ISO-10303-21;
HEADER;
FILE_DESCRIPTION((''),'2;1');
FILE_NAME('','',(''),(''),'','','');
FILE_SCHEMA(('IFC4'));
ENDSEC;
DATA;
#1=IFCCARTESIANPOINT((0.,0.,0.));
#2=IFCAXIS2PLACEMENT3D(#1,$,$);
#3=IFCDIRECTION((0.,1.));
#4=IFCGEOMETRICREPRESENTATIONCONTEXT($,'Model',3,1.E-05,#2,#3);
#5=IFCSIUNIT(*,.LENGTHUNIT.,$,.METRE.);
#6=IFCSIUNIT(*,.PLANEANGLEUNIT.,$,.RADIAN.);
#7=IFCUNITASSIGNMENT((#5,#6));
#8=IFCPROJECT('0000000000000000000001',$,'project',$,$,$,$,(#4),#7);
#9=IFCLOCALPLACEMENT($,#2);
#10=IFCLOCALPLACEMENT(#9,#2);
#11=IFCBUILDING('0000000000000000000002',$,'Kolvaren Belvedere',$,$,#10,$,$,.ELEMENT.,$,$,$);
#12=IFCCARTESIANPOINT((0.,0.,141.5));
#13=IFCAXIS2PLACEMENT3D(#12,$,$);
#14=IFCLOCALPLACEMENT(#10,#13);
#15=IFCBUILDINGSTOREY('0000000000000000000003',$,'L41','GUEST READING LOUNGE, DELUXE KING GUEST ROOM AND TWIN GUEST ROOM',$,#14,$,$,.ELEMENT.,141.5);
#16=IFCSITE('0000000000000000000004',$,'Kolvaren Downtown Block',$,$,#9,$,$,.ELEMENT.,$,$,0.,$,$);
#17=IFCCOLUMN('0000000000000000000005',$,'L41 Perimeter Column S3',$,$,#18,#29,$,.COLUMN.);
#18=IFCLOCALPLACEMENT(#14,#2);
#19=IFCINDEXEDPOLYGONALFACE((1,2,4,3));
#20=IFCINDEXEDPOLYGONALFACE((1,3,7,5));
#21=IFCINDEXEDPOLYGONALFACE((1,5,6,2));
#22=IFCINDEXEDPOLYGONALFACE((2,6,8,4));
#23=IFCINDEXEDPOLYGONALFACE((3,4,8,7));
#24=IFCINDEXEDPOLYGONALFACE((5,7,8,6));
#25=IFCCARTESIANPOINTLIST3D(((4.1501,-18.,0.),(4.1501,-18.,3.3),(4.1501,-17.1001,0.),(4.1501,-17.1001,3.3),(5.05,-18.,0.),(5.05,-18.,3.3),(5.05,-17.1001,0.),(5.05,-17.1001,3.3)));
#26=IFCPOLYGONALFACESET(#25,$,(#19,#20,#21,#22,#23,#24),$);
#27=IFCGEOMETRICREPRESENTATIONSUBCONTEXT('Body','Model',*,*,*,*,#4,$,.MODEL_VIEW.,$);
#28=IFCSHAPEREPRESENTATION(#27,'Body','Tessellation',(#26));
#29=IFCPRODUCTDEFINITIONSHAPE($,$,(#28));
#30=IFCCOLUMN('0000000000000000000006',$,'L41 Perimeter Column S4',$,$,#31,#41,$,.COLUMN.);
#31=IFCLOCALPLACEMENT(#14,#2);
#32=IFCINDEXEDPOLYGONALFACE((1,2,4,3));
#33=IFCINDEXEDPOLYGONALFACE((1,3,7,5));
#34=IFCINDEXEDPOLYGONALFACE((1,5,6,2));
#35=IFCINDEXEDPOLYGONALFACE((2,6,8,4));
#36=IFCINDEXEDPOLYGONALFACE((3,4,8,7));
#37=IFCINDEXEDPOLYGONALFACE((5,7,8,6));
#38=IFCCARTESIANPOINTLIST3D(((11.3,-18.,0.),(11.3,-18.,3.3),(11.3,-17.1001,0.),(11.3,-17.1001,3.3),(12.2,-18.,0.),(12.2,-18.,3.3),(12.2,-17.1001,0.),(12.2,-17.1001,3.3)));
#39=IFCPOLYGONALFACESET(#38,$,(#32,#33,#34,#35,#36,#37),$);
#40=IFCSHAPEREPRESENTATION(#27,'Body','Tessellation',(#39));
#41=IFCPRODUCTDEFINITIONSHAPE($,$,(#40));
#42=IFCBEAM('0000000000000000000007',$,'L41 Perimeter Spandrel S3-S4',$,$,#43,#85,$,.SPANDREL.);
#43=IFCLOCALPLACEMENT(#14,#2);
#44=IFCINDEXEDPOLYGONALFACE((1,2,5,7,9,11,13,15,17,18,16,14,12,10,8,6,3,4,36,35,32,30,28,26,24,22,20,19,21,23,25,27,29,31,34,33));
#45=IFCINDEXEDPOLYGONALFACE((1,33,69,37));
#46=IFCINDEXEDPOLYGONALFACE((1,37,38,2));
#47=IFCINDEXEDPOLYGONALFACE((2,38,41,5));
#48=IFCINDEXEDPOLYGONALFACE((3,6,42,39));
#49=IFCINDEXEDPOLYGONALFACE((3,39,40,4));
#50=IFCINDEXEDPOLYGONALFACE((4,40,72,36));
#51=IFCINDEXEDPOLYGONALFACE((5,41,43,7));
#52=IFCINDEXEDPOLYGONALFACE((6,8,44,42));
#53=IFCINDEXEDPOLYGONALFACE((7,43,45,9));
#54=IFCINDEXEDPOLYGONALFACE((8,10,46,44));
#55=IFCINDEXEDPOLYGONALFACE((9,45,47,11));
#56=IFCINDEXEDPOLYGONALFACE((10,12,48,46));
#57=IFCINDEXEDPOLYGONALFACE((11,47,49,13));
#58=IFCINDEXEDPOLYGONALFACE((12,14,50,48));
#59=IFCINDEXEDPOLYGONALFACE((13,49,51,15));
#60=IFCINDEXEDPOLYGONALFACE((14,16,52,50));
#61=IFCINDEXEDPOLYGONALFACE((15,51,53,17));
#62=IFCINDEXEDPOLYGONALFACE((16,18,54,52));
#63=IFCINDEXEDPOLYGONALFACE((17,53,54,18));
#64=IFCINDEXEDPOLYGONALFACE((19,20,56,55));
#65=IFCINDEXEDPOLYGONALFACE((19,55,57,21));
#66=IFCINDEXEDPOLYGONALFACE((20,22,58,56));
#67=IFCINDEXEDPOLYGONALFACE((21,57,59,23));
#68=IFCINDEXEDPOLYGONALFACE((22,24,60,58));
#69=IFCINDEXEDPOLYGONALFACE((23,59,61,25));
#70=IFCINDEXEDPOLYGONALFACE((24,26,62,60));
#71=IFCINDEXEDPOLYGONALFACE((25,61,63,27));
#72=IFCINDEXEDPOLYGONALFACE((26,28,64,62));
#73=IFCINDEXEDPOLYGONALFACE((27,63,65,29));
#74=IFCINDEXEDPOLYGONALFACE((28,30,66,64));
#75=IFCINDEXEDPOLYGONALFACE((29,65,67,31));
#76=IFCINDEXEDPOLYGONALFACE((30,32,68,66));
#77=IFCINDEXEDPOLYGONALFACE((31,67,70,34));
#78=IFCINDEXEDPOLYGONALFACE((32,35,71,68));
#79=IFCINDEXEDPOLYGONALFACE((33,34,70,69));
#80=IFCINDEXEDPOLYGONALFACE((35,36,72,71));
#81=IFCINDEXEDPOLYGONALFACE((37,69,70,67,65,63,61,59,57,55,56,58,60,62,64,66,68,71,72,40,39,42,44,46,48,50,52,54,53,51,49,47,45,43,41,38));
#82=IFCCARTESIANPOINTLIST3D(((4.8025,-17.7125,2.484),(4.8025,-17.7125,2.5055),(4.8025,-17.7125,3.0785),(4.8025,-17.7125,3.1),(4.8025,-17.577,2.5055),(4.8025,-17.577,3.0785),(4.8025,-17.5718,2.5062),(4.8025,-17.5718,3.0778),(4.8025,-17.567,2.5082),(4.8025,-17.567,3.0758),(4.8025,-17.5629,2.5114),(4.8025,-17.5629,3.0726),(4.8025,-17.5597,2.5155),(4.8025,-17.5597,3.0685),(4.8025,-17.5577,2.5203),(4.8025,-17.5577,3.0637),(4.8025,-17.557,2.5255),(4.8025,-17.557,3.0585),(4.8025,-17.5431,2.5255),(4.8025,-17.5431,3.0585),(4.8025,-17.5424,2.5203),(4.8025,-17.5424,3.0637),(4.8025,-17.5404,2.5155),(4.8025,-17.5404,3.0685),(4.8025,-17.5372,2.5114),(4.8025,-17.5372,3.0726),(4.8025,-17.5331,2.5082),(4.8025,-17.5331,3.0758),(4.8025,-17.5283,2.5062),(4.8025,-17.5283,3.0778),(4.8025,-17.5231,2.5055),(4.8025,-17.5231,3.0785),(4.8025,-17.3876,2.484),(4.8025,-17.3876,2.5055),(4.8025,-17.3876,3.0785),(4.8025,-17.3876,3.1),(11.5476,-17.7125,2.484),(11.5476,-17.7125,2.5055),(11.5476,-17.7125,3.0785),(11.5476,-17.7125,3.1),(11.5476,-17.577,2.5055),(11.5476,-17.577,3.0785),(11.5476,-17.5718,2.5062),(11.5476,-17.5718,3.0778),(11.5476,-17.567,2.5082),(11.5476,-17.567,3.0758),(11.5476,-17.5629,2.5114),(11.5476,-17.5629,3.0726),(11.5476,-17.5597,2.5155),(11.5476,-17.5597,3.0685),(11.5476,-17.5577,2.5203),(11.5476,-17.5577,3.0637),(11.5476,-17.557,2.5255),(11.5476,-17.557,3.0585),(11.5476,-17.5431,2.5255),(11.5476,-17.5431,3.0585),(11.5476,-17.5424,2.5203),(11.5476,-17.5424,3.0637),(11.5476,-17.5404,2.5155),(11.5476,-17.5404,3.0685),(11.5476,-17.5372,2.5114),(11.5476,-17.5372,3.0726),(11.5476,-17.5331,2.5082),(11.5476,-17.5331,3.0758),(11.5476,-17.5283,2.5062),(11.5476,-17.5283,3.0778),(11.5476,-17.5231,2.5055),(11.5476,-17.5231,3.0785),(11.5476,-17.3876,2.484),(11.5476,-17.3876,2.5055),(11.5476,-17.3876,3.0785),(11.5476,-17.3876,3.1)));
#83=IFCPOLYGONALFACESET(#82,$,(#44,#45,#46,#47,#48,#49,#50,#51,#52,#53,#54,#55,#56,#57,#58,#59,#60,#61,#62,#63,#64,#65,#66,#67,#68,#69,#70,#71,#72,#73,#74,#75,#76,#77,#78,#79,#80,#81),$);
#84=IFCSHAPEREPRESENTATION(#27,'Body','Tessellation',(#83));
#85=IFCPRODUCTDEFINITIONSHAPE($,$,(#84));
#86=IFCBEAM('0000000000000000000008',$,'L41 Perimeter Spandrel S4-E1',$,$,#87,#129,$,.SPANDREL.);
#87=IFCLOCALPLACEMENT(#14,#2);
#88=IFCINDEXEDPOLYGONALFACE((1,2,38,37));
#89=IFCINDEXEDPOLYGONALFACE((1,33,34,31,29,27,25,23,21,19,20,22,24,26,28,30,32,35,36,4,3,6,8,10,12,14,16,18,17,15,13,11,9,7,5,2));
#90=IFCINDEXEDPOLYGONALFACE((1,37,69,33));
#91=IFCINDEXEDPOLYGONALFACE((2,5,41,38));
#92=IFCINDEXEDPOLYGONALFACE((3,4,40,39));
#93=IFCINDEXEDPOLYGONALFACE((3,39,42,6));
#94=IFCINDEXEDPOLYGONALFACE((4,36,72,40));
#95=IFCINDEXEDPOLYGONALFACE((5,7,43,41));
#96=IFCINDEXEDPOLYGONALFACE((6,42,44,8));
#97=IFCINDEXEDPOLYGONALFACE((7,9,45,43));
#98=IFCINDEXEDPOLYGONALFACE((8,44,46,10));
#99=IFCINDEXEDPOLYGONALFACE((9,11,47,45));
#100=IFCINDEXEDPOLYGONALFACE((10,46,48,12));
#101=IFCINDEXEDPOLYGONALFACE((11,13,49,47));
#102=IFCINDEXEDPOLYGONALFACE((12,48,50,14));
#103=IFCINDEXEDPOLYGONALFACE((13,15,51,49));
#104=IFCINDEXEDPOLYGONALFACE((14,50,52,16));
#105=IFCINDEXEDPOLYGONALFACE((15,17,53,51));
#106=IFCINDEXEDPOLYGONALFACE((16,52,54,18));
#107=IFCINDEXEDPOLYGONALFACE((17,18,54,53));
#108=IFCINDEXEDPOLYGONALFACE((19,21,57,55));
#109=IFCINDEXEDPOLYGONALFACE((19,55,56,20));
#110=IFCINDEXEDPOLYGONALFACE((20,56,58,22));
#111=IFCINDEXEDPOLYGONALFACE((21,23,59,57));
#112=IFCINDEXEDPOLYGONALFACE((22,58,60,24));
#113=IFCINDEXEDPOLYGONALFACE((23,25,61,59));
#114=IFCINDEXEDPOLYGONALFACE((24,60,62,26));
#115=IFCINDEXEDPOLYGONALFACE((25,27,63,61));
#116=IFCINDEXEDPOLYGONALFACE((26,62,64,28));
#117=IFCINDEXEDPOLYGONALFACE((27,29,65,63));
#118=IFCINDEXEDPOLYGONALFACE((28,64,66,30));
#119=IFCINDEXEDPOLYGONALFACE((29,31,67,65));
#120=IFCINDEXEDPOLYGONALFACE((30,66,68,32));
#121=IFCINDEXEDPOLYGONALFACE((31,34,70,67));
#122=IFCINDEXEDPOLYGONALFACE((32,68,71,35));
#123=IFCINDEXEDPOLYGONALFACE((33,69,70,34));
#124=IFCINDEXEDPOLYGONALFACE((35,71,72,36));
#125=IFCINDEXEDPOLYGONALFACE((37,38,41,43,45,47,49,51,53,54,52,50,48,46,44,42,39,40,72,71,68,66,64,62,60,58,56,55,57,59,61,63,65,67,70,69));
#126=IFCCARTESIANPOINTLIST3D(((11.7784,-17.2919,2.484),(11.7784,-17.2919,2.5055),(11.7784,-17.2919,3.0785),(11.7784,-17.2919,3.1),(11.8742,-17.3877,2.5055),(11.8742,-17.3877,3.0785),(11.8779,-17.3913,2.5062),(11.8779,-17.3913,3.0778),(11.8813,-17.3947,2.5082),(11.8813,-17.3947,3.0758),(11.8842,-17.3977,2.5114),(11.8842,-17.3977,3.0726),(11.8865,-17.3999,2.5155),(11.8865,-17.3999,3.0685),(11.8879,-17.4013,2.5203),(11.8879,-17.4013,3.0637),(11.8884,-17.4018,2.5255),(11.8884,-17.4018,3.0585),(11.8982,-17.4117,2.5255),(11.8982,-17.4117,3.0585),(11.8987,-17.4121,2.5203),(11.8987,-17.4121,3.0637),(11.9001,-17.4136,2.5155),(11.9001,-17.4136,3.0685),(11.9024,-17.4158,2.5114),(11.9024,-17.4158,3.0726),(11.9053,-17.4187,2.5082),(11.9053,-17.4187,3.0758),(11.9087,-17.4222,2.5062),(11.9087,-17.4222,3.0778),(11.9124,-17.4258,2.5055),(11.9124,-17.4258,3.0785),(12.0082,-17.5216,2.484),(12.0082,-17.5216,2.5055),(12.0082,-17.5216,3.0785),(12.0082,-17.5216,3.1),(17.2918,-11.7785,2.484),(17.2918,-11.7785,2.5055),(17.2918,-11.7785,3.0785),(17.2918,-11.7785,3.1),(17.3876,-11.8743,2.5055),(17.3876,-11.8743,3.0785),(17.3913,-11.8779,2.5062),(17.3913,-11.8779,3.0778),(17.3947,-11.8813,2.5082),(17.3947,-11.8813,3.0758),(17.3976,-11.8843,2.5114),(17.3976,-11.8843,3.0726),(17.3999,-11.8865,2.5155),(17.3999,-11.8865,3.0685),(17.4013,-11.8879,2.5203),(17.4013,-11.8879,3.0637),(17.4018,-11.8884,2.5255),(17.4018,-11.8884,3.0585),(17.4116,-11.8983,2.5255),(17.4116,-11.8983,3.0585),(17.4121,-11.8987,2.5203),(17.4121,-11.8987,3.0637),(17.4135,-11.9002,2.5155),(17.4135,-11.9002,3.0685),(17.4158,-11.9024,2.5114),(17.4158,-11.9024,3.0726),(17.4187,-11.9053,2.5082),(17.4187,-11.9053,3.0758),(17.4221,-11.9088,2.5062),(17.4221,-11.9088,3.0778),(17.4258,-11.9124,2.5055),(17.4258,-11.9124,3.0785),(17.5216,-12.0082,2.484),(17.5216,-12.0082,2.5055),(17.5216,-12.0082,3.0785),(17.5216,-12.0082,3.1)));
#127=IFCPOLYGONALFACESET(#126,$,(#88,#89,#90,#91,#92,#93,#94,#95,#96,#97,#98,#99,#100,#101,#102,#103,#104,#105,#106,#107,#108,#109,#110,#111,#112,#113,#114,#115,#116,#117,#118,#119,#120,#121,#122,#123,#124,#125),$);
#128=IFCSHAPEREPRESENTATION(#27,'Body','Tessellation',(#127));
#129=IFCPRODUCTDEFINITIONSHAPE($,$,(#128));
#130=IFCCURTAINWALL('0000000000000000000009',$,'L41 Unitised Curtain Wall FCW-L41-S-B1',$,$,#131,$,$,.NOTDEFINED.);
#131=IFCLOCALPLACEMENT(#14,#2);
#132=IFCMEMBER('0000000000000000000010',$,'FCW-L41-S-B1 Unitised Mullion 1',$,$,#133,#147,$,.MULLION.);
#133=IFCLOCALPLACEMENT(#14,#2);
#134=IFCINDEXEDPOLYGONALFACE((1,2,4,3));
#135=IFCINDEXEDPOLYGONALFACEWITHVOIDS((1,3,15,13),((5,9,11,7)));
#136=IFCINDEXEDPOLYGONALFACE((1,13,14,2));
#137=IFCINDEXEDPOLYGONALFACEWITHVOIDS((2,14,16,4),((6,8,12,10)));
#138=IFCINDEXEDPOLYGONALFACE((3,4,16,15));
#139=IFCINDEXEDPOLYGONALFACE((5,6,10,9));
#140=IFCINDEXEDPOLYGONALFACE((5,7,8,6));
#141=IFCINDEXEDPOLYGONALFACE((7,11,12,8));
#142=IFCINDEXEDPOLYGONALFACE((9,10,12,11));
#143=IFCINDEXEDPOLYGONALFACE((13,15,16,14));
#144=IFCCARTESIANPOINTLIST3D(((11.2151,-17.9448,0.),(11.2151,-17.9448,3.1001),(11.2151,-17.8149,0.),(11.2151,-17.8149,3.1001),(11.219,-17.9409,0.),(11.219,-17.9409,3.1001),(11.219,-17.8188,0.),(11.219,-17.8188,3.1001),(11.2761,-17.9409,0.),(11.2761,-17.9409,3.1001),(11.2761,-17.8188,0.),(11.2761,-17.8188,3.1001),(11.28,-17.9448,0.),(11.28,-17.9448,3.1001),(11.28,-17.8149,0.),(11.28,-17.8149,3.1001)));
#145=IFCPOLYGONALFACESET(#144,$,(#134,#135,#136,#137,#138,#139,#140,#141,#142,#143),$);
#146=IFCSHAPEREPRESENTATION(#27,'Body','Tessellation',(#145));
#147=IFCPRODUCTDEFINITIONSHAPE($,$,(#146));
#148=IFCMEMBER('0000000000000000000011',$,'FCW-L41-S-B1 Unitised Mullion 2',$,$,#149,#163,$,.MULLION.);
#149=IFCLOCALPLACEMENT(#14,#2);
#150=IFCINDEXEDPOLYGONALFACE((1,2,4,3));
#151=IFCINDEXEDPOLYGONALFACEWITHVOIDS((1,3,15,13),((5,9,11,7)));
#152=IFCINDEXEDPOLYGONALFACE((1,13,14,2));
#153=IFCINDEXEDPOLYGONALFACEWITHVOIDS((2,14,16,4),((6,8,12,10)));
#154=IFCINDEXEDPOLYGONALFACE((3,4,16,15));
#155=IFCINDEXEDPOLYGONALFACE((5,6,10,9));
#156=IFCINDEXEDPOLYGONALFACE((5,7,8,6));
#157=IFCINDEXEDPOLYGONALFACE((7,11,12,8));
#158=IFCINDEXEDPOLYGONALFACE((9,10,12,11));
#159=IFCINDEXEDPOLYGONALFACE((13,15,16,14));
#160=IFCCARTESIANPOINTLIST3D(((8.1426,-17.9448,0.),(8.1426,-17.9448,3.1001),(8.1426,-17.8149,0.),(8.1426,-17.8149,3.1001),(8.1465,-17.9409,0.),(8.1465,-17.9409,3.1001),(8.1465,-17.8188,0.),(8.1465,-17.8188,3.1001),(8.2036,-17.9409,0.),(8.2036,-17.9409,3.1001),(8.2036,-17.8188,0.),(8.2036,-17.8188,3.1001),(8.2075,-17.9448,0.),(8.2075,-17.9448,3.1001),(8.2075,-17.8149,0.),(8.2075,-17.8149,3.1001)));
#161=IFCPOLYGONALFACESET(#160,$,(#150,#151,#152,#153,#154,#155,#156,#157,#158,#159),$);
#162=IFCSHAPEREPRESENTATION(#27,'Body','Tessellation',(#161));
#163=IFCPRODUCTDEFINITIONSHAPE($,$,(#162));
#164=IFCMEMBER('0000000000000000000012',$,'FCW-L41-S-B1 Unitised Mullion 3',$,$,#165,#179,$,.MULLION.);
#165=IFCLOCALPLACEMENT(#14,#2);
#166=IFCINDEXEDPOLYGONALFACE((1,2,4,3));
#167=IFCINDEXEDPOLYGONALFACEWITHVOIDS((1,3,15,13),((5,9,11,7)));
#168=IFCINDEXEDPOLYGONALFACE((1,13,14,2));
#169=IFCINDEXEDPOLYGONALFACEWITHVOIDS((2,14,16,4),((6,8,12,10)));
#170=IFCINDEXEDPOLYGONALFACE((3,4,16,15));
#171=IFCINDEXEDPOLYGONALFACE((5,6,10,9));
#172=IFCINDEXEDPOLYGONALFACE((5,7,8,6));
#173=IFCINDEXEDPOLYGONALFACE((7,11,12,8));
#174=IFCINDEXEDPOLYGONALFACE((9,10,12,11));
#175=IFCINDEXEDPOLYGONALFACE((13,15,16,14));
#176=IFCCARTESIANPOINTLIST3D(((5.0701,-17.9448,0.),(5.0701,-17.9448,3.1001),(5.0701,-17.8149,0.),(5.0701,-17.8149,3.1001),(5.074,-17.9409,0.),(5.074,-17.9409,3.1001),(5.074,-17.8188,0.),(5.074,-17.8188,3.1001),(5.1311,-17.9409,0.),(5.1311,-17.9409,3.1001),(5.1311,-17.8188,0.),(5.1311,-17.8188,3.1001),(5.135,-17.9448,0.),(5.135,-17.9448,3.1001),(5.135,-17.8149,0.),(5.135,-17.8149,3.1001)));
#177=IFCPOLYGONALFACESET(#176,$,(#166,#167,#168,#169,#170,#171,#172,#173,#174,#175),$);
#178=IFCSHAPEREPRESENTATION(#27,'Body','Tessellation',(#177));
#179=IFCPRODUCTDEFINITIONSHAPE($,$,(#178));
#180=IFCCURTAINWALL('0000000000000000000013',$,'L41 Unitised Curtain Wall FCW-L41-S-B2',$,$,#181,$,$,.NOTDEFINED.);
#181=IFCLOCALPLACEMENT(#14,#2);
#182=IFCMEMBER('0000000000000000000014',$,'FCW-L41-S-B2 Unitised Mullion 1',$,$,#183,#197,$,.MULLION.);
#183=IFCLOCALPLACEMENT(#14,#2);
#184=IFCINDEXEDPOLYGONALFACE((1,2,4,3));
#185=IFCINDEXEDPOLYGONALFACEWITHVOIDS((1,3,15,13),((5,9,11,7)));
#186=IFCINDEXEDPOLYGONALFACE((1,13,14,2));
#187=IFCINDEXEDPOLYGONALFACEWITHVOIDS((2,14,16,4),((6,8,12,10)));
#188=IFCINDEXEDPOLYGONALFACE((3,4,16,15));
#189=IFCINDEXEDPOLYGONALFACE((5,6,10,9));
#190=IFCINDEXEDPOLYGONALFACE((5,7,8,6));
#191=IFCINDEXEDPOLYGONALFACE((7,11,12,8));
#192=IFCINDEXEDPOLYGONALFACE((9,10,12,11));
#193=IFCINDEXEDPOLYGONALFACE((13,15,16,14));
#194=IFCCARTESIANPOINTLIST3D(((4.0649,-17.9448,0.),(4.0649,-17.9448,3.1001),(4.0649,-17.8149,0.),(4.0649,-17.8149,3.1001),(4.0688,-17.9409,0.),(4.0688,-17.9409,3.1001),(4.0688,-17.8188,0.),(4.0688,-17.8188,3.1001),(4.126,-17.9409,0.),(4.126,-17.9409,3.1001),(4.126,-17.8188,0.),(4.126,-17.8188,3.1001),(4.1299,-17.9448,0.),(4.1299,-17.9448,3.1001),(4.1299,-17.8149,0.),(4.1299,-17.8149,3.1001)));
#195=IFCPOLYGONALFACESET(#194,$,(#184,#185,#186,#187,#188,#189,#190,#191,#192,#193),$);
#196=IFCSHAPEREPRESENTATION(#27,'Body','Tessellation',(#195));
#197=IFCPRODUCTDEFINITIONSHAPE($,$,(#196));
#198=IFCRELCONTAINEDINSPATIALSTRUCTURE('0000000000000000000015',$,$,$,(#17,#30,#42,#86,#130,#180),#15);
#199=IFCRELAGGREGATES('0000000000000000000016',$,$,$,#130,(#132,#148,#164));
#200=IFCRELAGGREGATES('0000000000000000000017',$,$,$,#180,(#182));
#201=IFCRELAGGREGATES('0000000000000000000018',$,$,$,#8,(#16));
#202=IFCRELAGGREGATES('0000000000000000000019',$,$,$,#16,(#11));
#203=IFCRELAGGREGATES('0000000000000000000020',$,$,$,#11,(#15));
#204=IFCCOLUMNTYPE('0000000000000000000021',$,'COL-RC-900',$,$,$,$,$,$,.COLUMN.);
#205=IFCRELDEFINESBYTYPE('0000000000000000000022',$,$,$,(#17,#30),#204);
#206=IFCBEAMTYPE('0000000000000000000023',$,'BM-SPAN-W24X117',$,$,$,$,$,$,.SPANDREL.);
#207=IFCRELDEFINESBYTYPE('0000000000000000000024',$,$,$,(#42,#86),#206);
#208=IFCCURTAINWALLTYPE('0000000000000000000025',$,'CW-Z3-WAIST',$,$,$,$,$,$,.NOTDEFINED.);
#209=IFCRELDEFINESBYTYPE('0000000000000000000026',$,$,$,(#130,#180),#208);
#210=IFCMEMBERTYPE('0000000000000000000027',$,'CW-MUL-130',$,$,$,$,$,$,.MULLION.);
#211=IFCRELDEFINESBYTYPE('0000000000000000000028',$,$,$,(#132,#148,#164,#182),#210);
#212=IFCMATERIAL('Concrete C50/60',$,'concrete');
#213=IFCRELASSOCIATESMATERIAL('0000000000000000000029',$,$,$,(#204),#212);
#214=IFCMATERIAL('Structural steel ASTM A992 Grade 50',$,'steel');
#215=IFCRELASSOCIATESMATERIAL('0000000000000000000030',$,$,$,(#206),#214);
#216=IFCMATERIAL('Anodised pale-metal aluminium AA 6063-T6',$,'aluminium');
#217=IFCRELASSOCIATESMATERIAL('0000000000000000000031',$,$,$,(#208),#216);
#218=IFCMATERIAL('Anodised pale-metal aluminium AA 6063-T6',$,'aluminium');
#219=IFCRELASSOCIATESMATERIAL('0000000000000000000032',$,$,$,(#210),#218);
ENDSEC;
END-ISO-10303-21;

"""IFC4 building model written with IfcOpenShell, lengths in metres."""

from ifc_helpers import new_model, si_unit, direction, frame, origin, origin_2d, place, context, subcontext, project, spatial, rectangle, hollow_rectangle, i_section, extrude, material, material_profile, profile_set, type_object, element, aggregate, save


model = new_model("IFC4")

# Units and contexts
model_context = context("Model", 3, precision=1e-05, world=origin(), true_north=direction((0.0, 1.0)))
body_context = subcontext(model_context, "Body", "Model", "MODEL_VIEW")
ifc_project = project(units=[si_unit("LENGTHUNIT", "METRE"), si_unit("PLANEANGLEUNIT", "RADIAN")], contexts=[model_context])

# Site, building, storey
site_placement = place(None, origin())
site = spatial("IfcSite", under=ifc_project, at=site_placement, Name="Kolvaren Downtown Block", CompositionType="ELEMENT", RefElevation=0.0)
building_placement = place(site_placement, origin())
building = spatial("IfcBuilding", under=site, at=building_placement, Name="Kolvaren Belvedere", CompositionType="ELEMENT")
storey_placement = place(building_placement, frame((0.0, 0.0, 141.5)))
storey = spatial("IfcBuildingStorey", under=building, at=storey_placement, Name="L41", Description="GUEST READING LOUNGE, DELUXE KING GUEST ROOM AND TWIN GUEST ROOM", CompositionType="ELEMENT", Elevation=141.5)

# Columns
ifc_material_1 = material(Name="Concrete C50/60", Category="concrete")
ifc_material_profile_1 = material_profile(ifc_material_1, rectangle(XDim=0.8999, YDim=0.8999, at=origin_2d()), Name="RC 900X900")
ifc_profile_set_1 = profile_set([ifc_material_profile_1], Name="Concrete C50/60")
column_type = type_object("IfcColumnType", Name="COL-RC-900", PredefinedType="COLUMN", material=ifc_profile_set_1)
for number, where, z_axis, x_axis, name in (
    (1, (4.6001, -17.55, 0.0), (0.0, 0.0, 1.0), (1.0, 0.0, 0.0), "L41 Perimeter Column S3"),
    (2, (11.75, -17.55, 0.0), (0.0, 0.0, 1.0), (1.0, 0.0, 0.0), "L41 Perimeter Column S4"),
):
    element("IfcColumn", number, at=place(storey_placement, frame(where, z_axis=z_axis, x_axis=x_axis)), inside=storey, type_object=column_type, Name=name, PredefinedType="COLUMN", context=body_context, shape_type="SweptSolid", body=[
        extrude(rectangle(XDim=0.8999, YDim=0.8999, at=origin_2d()), origin(), (0.0, 0.0, 1.0), 3.3),
    ])

# Beams
ifc_material_2 = material(Name="Structural steel ASTM A992 Grade 50", Category="steel")
ifc_material_profile_2 = material_profile(ifc_material_2, i_section(OverallWidth=0.325, OverallDepth=0.616, WebThickness=0.0139, FlangeThickness=0.0215, FilletRadius=0.02, at=origin_2d()), Name="W24X117")
ifc_profile_set_2 = profile_set([ifc_material_profile_2], Name="Structural steel ASTM A992 Grade 50")
beam_type = type_object("IfcBeamType", Name="BM-SPAN-W24X117", PredefinedType="SPANDREL", material=ifc_profile_set_2)
beam_1_placement = place(storey_placement, frame((4.8025, -17.55, 2.792), z_axis=(1.0, 0.0, 0.0), x_axis=(0.0, 1.0, 0.0)))
element("IfcBeam", 3, at=beam_1_placement, inside=storey, type_object=beam_type, Name="L41 Perimeter Spandrel S3-S4", PredefinedType="SPANDREL", context=body_context, shape_type="SweptSolid", body=[
    extrude(i_section(OverallWidth=0.325, OverallDepth=0.616, WebThickness=0.0139, FlangeThickness=0.0215, FilletRadius=0.02, at=origin_2d()), origin(), (0.0, 0.0, 1.0), 6.7451),
])
beam_2_placement = place(storey_placement, frame((11.8933, -17.4067, 2.792), z_axis=(0.707107, 0.707107, 0.0), x_axis=(-0.707107, 0.707107, 0.0)))
element("IfcBeam", 4, at=beam_2_placement, inside=storey, type_object=beam_type, Name="L41 Perimeter Spandrel S4-E1", PredefinedType="SPANDREL", context=body_context, shape_type="SweptSolid", body=[
    extrude(i_section(OverallWidth=0.325, OverallDepth=0.616, WebThickness=0.0139, FlangeThickness=0.0215, FilletRadius=0.02, at=origin_2d()), origin(), (0.0, 0.0, 1.0), 7.7971),
])

# Curtain wall, members
ifc_material_3 = material(Name="Anodised pale-metal aluminium AA 6063-T6", Category="aluminium")
curtain_wall_type = type_object("IfcCurtainWallType", Name="CW-Z3-WAIST", PredefinedType="NOTDEFINED", material=ifc_material_3)
curtain_wall_1_placement = place(storey_placement, origin())
curtain_wall_1 = element("IfcCurtainWall", 5, at=curtain_wall_1_placement, inside=storey, type_object=curtain_wall_type, Name="L41 Unitised Curtain Wall FCW-L41-S-B1", PredefinedType="NOTDEFINED")
ifc_material_4 = material(Name="Anodised pale-metal aluminium AA 6063-T6", Category="aluminium")
ifc_material_profile_3 = material_profile(ifc_material_4, hollow_rectangle(XDim=0.0649, YDim=0.1299, WallThickness=0.0039, at=origin_2d()), Name="ALU-MUL-130X65")
ifc_profile_set_3 = profile_set([ifc_material_profile_3], Name="Anodised pale-metal aluminium AA 6063-T6")
member_type_1 = type_object("IfcMemberType", Name="CW-MUL-130", PredefinedType="MULLION", material=ifc_profile_set_3)
member_1_placement = place(storey_placement, frame((11.2476, -17.8799, 0.0), z_axis=(0.0, 0.0, 1.0), x_axis=(1.0, 0.0, 0.0)))
member_1 = element("IfcMember", 6, at=member_1_placement, type_object=member_type_1, Name="FCW-L41-S-B1 Unitised Mullion 1", PredefinedType="MULLION", context=body_context, shape_type="SweptSolid", body=[
    extrude(hollow_rectangle(XDim=0.0649, YDim=0.1299, WallThickness=0.0039, at=origin_2d()), origin(), (0.0, 0.0, 1.0), 3.1001),
])
member_2_placement = place(storey_placement, frame((8.175, -17.8799, 0.0), z_axis=(0.0, 0.0, 1.0), x_axis=(1.0, 0.0, 0.0)))
member_2 = element("IfcMember", 7, at=member_2_placement, type_object=member_type_1, Name="FCW-L41-S-B1 Unitised Mullion 2", PredefinedType="MULLION", context=body_context, shape_type="SweptSolid", body=[
    extrude(hollow_rectangle(XDim=0.0649, YDim=0.1299, WallThickness=0.0039, at=origin_2d()), origin(), (0.0, 0.0, 1.0), 3.1001),
])
member_3_placement = place(storey_placement, frame((5.1025, -17.8799, 0.0), z_axis=(0.0, 0.0, 1.0), x_axis=(1.0, 0.0, 0.0)))
member_3 = element("IfcMember", 8, at=member_3_placement, type_object=member_type_1, Name="FCW-L41-S-B1 Unitised Mullion 3", PredefinedType="MULLION", context=body_context, shape_type="SweptSolid", body=[
    extrude(hollow_rectangle(XDim=0.0649, YDim=0.1299, WallThickness=0.0039, at=origin_2d()), origin(), (0.0, 0.0, 1.0), 3.1001),
])

# Curtain wall, member
curtain_wall_2_placement = place(storey_placement, origin())
curtain_wall_2 = element("IfcCurtainWall", 9, at=curtain_wall_2_placement, inside=storey, type_object=curtain_wall_type, Name="L41 Unitised Curtain Wall FCW-L41-S-B2", PredefinedType="NOTDEFINED")
member_4_placement = place(storey_placement, frame((4.0974, -17.8799, 0.0), z_axis=(0.0, 0.0, 1.0), x_axis=(1.0, 0.0, 0.0)))
member_4 = element("IfcMember", 10, at=member_4_placement, type_object=member_type_1, Name="FCW-L41-S-B2 Unitised Mullion 1", PredefinedType="MULLION", context=body_context, shape_type="SweptSolid", body=[
    extrude(hollow_rectangle(XDim=0.0649, YDim=0.1299, WallThickness=0.0039, at=origin_2d()), origin(), (0.0, 0.0, 1.0), 3.1001),
])

aggregate(curtain_wall_1, [member_1, member_2, member_3])
aggregate(curtain_wall_2, [member_4])

save(model, "model.ifc")
